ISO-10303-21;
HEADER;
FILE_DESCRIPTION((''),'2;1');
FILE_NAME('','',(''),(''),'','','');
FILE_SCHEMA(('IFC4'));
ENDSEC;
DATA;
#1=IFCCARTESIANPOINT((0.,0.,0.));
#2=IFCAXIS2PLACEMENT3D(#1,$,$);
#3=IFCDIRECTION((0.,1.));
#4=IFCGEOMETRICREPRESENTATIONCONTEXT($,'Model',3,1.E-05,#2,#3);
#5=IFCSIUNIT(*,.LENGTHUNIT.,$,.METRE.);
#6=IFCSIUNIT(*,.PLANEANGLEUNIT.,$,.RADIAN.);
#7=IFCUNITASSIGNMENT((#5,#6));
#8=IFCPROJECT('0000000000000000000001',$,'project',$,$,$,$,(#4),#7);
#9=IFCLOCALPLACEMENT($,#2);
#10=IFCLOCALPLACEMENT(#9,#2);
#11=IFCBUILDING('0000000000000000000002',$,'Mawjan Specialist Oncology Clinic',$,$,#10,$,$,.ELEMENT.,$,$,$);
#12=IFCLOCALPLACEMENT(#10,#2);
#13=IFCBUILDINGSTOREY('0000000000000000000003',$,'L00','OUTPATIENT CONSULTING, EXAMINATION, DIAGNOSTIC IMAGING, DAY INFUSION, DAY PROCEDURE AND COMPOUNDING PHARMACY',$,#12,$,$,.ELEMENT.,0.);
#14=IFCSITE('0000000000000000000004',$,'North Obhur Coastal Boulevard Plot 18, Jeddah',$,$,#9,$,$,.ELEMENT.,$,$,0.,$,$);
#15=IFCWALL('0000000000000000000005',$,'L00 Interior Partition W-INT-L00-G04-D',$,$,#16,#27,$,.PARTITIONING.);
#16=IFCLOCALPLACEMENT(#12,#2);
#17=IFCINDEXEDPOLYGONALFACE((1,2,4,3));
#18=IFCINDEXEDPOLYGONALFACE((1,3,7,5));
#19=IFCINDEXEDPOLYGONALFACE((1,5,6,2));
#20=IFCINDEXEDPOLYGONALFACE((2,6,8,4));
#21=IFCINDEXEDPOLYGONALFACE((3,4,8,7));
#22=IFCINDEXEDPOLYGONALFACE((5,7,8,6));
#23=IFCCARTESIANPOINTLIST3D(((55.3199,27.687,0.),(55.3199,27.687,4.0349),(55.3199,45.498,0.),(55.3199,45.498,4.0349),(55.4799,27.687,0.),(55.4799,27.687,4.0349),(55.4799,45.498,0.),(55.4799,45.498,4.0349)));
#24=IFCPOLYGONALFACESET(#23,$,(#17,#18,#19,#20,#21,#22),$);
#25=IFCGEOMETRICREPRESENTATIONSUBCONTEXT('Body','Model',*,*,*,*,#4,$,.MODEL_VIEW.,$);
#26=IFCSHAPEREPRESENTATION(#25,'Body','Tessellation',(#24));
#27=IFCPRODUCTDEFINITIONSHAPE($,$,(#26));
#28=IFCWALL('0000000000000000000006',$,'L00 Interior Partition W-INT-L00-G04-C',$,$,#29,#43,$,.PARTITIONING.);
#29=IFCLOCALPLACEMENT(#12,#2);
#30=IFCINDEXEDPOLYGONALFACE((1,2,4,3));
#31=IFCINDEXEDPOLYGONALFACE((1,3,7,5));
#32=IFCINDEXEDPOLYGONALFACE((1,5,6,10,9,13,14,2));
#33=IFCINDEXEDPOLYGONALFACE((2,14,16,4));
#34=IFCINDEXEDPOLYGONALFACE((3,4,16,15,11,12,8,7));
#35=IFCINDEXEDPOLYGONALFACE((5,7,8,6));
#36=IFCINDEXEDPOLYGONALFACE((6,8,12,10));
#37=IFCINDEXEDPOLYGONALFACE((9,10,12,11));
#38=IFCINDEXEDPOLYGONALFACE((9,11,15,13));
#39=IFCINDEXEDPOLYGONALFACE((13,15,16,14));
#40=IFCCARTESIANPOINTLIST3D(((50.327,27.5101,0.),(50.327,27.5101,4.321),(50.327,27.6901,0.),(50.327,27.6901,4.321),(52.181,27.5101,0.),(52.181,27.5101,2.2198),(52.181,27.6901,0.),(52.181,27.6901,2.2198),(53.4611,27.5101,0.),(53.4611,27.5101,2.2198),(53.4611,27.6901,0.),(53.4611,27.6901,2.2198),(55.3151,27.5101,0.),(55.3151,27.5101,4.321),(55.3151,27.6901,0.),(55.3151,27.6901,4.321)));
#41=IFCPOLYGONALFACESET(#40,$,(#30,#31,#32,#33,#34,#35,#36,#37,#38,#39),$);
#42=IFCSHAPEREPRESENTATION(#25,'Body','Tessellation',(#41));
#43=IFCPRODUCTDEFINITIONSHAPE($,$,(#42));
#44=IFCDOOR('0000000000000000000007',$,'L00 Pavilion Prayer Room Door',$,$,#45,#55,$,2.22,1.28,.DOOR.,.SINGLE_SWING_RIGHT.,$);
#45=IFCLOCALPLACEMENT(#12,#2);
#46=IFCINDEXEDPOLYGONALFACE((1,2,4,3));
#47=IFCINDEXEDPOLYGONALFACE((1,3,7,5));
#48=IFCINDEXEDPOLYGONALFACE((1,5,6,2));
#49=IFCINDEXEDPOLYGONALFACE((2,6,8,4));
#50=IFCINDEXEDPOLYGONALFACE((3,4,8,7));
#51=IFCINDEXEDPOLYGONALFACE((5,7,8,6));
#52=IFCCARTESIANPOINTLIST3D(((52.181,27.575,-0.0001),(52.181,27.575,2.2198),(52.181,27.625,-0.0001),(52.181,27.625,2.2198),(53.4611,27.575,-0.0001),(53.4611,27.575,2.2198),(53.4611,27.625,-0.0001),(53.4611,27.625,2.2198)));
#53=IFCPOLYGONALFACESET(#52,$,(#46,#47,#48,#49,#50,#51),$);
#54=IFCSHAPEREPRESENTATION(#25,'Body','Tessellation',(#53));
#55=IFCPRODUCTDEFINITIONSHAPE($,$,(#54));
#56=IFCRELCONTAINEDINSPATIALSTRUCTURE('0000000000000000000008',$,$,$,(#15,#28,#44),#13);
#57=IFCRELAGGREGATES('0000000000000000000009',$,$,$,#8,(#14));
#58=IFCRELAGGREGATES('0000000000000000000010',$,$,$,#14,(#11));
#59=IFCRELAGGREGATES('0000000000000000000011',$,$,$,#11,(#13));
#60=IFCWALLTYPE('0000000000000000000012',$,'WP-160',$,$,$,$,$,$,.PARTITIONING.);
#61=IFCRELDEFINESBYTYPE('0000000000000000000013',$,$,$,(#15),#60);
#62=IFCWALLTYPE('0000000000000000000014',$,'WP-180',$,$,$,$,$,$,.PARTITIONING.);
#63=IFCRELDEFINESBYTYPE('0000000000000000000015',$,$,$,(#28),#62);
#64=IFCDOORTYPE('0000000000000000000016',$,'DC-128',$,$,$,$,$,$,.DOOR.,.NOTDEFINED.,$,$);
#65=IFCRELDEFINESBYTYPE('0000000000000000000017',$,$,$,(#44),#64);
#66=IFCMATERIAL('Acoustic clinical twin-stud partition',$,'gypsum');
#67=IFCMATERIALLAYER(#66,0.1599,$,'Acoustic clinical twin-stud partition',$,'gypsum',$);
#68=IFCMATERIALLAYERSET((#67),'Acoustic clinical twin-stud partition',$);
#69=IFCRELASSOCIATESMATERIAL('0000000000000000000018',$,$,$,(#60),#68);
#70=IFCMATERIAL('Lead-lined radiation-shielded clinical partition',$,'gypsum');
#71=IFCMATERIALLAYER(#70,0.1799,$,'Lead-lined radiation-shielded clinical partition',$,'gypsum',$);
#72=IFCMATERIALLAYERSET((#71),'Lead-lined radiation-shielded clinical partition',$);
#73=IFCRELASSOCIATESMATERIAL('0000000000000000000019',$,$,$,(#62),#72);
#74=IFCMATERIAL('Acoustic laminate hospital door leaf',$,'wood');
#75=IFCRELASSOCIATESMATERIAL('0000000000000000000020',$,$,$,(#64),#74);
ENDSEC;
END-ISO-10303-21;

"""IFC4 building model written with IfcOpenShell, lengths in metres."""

from ifc_helpers import new_model, si_unit, direction, frame, frame_2d, origin, place, context, subcontext, project, spatial, rectangle, extrude, material, layer, layer_set, type_object, element, fill, save


model = new_model("IFC4")

# Units and contexts
model_context = context("Model", 3, precision=1e-05, world=origin(), true_north=direction((0.0, 1.0)))
body_context = subcontext(model_context, "Body", "Model", "MODEL_VIEW")
ifc_project = project(units=[si_unit("LENGTHUNIT", "METRE"), si_unit("PLANEANGLEUNIT", "RADIAN")], contexts=[model_context])

# Site, building, storey
site_placement = place(None, origin())
site = spatial("IfcSite", under=ifc_project, at=site_placement, Name="North Obhur Coastal Boulevard Plot 18, Jeddah", CompositionType="ELEMENT", RefElevation=0.0)
building_placement = place(site_placement, origin())
building = spatial("IfcBuilding", under=site, at=building_placement, Name="Mawjan Specialist Oncology Clinic", CompositionType="ELEMENT")
storey_placement = place(building_placement, origin())
storey = spatial("IfcBuildingStorey", under=building, at=storey_placement, Name="L00", Description="OUTPATIENT CONSULTING, EXAMINATION, DIAGNOSTIC IMAGING, DAY INFUSION, DAY PROCEDURE AND COMPOUNDING PHARMACY", CompositionType="ELEMENT", Elevation=0.0)

# Wall
ifc_material_1 = material(Name="Acoustic clinical twin-stud partition", Category="gypsum")
ifc_layer_1 = layer(ifc_material_1, 0.1599, Name="Acoustic clinical twin-stud partition", Category="gypsum")
ifc_layer_set_1 = layer_set([ifc_layer_1], Name="Acoustic clinical twin-stud partition")
wall_type_1 = type_object("IfcWallType", Name="WP-160", PredefinedType="PARTITIONING", material=ifc_layer_set_1)
for number, where, z_axis, x_axis, name in (
    (1, (55.3999, 27.687, 0.0), (0.0, 0.0, 1.0), (0.0, 1.0, 0.0), "L00 Interior Partition W-INT-L00-G04-D"),
):
    element("IfcWall", number, at=place(storey_placement, frame(where, z_axis=z_axis, x_axis=x_axis)), inside=storey, type_object=wall_type_1, Name=name, PredefinedType="PARTITIONING", context=body_context, shape_type="SweptSolid", body=[
        extrude(rectangle(XDim=17.811, YDim=0.1599, at=frame_2d((8.9055, 0.0))), origin(), (0.0, 0.0, 1.0), 4.0349),
    ])

# Wall, opening, door
ifc_material_2 = material(Name="Lead-lined radiation-shielded clinical partition", Category="gypsum")
ifc_layer_2 = layer(ifc_material_2, 0.1799, Name="Lead-lined radiation-shielded clinical partition", Category="gypsum")
ifc_layer_set_2 = layer_set([ifc_layer_2], Name="Lead-lined radiation-shielded clinical partition")
wall_type_2 = type_object("IfcWallType", Name="WP-180", PredefinedType="PARTITIONING", material=ifc_layer_set_2)
wall_1_placement = place(storey_placement, frame((50.3269, 27.6001, 0.0), z_axis=(0.0, 0.0, 1.0), x_axis=(1.0, 0.0, 0.0)))
wall_1 = element("IfcWall", 2, at=wall_1_placement, inside=storey, type_object=wall_type_2, Name="L00 Interior Partition W-INT-L00-G04-C", PredefinedType="PARTITIONING", context=body_context, shape_type="SweptSolid", body=[
    extrude(rectangle(XDim=4.988, YDim=0.1799, at=frame_2d((2.4941, 0.0))), origin(), (0.0, 0.0, 1.0), 4.321),
])
opening_1_placement = place(wall_1_placement, frame((1.854, 0.0, 0.0)))
opening_1 = element("IfcOpeningElement", 3, at=opening_1_placement, cuts=wall_1, PredefinedType="OPENING", context=body_context, shape_type="SweptSolid", body=[
    extrude(rectangle(XDim=1.28, YDim=2.22, at=frame_2d((0.6401, 1.1099))), frame((0.0, 0.1021, 0.0), z_axis=(0.0, -1.0, 0.0), x_axis=(1.0, 0.0, 0.0)), (0.0, 0.0, 1.0), 0.2039),
])
ifc_material_3 = material(Name="Acoustic laminate hospital door leaf", Category="wood")
door_type_1 = type_object("IfcDoorType", Name="DC-128", OperationType="NOTDEFINED", PredefinedType="DOOR", material=ifc_material_3)
door_1_placement = place(opening_1_placement, origin())
door_1 = element("IfcDoor", 4, at=door_1_placement, inside=storey, type_object=door_type_1, Name="L00 Pavilion Prayer Room Door", OperationType="SINGLE_SWING_RIGHT", OverallHeight=2.22, OverallWidth=1.28, PredefinedType="DOOR", context=body_context, shape_type="SweptSolid", body=[
    extrude(rectangle(XDim=1.28, YDim=2.22, at=frame_2d((0.6401, 1.1099))), frame((0.0, 0.0249, 0.0), z_axis=(0.0, -1.0, 0.0), x_axis=(1.0, 0.0, 0.0)), (0.0, 0.0, 1.0), 0.05),
])
fill(opening_1, door_1)

save(model, "model.ifc")
